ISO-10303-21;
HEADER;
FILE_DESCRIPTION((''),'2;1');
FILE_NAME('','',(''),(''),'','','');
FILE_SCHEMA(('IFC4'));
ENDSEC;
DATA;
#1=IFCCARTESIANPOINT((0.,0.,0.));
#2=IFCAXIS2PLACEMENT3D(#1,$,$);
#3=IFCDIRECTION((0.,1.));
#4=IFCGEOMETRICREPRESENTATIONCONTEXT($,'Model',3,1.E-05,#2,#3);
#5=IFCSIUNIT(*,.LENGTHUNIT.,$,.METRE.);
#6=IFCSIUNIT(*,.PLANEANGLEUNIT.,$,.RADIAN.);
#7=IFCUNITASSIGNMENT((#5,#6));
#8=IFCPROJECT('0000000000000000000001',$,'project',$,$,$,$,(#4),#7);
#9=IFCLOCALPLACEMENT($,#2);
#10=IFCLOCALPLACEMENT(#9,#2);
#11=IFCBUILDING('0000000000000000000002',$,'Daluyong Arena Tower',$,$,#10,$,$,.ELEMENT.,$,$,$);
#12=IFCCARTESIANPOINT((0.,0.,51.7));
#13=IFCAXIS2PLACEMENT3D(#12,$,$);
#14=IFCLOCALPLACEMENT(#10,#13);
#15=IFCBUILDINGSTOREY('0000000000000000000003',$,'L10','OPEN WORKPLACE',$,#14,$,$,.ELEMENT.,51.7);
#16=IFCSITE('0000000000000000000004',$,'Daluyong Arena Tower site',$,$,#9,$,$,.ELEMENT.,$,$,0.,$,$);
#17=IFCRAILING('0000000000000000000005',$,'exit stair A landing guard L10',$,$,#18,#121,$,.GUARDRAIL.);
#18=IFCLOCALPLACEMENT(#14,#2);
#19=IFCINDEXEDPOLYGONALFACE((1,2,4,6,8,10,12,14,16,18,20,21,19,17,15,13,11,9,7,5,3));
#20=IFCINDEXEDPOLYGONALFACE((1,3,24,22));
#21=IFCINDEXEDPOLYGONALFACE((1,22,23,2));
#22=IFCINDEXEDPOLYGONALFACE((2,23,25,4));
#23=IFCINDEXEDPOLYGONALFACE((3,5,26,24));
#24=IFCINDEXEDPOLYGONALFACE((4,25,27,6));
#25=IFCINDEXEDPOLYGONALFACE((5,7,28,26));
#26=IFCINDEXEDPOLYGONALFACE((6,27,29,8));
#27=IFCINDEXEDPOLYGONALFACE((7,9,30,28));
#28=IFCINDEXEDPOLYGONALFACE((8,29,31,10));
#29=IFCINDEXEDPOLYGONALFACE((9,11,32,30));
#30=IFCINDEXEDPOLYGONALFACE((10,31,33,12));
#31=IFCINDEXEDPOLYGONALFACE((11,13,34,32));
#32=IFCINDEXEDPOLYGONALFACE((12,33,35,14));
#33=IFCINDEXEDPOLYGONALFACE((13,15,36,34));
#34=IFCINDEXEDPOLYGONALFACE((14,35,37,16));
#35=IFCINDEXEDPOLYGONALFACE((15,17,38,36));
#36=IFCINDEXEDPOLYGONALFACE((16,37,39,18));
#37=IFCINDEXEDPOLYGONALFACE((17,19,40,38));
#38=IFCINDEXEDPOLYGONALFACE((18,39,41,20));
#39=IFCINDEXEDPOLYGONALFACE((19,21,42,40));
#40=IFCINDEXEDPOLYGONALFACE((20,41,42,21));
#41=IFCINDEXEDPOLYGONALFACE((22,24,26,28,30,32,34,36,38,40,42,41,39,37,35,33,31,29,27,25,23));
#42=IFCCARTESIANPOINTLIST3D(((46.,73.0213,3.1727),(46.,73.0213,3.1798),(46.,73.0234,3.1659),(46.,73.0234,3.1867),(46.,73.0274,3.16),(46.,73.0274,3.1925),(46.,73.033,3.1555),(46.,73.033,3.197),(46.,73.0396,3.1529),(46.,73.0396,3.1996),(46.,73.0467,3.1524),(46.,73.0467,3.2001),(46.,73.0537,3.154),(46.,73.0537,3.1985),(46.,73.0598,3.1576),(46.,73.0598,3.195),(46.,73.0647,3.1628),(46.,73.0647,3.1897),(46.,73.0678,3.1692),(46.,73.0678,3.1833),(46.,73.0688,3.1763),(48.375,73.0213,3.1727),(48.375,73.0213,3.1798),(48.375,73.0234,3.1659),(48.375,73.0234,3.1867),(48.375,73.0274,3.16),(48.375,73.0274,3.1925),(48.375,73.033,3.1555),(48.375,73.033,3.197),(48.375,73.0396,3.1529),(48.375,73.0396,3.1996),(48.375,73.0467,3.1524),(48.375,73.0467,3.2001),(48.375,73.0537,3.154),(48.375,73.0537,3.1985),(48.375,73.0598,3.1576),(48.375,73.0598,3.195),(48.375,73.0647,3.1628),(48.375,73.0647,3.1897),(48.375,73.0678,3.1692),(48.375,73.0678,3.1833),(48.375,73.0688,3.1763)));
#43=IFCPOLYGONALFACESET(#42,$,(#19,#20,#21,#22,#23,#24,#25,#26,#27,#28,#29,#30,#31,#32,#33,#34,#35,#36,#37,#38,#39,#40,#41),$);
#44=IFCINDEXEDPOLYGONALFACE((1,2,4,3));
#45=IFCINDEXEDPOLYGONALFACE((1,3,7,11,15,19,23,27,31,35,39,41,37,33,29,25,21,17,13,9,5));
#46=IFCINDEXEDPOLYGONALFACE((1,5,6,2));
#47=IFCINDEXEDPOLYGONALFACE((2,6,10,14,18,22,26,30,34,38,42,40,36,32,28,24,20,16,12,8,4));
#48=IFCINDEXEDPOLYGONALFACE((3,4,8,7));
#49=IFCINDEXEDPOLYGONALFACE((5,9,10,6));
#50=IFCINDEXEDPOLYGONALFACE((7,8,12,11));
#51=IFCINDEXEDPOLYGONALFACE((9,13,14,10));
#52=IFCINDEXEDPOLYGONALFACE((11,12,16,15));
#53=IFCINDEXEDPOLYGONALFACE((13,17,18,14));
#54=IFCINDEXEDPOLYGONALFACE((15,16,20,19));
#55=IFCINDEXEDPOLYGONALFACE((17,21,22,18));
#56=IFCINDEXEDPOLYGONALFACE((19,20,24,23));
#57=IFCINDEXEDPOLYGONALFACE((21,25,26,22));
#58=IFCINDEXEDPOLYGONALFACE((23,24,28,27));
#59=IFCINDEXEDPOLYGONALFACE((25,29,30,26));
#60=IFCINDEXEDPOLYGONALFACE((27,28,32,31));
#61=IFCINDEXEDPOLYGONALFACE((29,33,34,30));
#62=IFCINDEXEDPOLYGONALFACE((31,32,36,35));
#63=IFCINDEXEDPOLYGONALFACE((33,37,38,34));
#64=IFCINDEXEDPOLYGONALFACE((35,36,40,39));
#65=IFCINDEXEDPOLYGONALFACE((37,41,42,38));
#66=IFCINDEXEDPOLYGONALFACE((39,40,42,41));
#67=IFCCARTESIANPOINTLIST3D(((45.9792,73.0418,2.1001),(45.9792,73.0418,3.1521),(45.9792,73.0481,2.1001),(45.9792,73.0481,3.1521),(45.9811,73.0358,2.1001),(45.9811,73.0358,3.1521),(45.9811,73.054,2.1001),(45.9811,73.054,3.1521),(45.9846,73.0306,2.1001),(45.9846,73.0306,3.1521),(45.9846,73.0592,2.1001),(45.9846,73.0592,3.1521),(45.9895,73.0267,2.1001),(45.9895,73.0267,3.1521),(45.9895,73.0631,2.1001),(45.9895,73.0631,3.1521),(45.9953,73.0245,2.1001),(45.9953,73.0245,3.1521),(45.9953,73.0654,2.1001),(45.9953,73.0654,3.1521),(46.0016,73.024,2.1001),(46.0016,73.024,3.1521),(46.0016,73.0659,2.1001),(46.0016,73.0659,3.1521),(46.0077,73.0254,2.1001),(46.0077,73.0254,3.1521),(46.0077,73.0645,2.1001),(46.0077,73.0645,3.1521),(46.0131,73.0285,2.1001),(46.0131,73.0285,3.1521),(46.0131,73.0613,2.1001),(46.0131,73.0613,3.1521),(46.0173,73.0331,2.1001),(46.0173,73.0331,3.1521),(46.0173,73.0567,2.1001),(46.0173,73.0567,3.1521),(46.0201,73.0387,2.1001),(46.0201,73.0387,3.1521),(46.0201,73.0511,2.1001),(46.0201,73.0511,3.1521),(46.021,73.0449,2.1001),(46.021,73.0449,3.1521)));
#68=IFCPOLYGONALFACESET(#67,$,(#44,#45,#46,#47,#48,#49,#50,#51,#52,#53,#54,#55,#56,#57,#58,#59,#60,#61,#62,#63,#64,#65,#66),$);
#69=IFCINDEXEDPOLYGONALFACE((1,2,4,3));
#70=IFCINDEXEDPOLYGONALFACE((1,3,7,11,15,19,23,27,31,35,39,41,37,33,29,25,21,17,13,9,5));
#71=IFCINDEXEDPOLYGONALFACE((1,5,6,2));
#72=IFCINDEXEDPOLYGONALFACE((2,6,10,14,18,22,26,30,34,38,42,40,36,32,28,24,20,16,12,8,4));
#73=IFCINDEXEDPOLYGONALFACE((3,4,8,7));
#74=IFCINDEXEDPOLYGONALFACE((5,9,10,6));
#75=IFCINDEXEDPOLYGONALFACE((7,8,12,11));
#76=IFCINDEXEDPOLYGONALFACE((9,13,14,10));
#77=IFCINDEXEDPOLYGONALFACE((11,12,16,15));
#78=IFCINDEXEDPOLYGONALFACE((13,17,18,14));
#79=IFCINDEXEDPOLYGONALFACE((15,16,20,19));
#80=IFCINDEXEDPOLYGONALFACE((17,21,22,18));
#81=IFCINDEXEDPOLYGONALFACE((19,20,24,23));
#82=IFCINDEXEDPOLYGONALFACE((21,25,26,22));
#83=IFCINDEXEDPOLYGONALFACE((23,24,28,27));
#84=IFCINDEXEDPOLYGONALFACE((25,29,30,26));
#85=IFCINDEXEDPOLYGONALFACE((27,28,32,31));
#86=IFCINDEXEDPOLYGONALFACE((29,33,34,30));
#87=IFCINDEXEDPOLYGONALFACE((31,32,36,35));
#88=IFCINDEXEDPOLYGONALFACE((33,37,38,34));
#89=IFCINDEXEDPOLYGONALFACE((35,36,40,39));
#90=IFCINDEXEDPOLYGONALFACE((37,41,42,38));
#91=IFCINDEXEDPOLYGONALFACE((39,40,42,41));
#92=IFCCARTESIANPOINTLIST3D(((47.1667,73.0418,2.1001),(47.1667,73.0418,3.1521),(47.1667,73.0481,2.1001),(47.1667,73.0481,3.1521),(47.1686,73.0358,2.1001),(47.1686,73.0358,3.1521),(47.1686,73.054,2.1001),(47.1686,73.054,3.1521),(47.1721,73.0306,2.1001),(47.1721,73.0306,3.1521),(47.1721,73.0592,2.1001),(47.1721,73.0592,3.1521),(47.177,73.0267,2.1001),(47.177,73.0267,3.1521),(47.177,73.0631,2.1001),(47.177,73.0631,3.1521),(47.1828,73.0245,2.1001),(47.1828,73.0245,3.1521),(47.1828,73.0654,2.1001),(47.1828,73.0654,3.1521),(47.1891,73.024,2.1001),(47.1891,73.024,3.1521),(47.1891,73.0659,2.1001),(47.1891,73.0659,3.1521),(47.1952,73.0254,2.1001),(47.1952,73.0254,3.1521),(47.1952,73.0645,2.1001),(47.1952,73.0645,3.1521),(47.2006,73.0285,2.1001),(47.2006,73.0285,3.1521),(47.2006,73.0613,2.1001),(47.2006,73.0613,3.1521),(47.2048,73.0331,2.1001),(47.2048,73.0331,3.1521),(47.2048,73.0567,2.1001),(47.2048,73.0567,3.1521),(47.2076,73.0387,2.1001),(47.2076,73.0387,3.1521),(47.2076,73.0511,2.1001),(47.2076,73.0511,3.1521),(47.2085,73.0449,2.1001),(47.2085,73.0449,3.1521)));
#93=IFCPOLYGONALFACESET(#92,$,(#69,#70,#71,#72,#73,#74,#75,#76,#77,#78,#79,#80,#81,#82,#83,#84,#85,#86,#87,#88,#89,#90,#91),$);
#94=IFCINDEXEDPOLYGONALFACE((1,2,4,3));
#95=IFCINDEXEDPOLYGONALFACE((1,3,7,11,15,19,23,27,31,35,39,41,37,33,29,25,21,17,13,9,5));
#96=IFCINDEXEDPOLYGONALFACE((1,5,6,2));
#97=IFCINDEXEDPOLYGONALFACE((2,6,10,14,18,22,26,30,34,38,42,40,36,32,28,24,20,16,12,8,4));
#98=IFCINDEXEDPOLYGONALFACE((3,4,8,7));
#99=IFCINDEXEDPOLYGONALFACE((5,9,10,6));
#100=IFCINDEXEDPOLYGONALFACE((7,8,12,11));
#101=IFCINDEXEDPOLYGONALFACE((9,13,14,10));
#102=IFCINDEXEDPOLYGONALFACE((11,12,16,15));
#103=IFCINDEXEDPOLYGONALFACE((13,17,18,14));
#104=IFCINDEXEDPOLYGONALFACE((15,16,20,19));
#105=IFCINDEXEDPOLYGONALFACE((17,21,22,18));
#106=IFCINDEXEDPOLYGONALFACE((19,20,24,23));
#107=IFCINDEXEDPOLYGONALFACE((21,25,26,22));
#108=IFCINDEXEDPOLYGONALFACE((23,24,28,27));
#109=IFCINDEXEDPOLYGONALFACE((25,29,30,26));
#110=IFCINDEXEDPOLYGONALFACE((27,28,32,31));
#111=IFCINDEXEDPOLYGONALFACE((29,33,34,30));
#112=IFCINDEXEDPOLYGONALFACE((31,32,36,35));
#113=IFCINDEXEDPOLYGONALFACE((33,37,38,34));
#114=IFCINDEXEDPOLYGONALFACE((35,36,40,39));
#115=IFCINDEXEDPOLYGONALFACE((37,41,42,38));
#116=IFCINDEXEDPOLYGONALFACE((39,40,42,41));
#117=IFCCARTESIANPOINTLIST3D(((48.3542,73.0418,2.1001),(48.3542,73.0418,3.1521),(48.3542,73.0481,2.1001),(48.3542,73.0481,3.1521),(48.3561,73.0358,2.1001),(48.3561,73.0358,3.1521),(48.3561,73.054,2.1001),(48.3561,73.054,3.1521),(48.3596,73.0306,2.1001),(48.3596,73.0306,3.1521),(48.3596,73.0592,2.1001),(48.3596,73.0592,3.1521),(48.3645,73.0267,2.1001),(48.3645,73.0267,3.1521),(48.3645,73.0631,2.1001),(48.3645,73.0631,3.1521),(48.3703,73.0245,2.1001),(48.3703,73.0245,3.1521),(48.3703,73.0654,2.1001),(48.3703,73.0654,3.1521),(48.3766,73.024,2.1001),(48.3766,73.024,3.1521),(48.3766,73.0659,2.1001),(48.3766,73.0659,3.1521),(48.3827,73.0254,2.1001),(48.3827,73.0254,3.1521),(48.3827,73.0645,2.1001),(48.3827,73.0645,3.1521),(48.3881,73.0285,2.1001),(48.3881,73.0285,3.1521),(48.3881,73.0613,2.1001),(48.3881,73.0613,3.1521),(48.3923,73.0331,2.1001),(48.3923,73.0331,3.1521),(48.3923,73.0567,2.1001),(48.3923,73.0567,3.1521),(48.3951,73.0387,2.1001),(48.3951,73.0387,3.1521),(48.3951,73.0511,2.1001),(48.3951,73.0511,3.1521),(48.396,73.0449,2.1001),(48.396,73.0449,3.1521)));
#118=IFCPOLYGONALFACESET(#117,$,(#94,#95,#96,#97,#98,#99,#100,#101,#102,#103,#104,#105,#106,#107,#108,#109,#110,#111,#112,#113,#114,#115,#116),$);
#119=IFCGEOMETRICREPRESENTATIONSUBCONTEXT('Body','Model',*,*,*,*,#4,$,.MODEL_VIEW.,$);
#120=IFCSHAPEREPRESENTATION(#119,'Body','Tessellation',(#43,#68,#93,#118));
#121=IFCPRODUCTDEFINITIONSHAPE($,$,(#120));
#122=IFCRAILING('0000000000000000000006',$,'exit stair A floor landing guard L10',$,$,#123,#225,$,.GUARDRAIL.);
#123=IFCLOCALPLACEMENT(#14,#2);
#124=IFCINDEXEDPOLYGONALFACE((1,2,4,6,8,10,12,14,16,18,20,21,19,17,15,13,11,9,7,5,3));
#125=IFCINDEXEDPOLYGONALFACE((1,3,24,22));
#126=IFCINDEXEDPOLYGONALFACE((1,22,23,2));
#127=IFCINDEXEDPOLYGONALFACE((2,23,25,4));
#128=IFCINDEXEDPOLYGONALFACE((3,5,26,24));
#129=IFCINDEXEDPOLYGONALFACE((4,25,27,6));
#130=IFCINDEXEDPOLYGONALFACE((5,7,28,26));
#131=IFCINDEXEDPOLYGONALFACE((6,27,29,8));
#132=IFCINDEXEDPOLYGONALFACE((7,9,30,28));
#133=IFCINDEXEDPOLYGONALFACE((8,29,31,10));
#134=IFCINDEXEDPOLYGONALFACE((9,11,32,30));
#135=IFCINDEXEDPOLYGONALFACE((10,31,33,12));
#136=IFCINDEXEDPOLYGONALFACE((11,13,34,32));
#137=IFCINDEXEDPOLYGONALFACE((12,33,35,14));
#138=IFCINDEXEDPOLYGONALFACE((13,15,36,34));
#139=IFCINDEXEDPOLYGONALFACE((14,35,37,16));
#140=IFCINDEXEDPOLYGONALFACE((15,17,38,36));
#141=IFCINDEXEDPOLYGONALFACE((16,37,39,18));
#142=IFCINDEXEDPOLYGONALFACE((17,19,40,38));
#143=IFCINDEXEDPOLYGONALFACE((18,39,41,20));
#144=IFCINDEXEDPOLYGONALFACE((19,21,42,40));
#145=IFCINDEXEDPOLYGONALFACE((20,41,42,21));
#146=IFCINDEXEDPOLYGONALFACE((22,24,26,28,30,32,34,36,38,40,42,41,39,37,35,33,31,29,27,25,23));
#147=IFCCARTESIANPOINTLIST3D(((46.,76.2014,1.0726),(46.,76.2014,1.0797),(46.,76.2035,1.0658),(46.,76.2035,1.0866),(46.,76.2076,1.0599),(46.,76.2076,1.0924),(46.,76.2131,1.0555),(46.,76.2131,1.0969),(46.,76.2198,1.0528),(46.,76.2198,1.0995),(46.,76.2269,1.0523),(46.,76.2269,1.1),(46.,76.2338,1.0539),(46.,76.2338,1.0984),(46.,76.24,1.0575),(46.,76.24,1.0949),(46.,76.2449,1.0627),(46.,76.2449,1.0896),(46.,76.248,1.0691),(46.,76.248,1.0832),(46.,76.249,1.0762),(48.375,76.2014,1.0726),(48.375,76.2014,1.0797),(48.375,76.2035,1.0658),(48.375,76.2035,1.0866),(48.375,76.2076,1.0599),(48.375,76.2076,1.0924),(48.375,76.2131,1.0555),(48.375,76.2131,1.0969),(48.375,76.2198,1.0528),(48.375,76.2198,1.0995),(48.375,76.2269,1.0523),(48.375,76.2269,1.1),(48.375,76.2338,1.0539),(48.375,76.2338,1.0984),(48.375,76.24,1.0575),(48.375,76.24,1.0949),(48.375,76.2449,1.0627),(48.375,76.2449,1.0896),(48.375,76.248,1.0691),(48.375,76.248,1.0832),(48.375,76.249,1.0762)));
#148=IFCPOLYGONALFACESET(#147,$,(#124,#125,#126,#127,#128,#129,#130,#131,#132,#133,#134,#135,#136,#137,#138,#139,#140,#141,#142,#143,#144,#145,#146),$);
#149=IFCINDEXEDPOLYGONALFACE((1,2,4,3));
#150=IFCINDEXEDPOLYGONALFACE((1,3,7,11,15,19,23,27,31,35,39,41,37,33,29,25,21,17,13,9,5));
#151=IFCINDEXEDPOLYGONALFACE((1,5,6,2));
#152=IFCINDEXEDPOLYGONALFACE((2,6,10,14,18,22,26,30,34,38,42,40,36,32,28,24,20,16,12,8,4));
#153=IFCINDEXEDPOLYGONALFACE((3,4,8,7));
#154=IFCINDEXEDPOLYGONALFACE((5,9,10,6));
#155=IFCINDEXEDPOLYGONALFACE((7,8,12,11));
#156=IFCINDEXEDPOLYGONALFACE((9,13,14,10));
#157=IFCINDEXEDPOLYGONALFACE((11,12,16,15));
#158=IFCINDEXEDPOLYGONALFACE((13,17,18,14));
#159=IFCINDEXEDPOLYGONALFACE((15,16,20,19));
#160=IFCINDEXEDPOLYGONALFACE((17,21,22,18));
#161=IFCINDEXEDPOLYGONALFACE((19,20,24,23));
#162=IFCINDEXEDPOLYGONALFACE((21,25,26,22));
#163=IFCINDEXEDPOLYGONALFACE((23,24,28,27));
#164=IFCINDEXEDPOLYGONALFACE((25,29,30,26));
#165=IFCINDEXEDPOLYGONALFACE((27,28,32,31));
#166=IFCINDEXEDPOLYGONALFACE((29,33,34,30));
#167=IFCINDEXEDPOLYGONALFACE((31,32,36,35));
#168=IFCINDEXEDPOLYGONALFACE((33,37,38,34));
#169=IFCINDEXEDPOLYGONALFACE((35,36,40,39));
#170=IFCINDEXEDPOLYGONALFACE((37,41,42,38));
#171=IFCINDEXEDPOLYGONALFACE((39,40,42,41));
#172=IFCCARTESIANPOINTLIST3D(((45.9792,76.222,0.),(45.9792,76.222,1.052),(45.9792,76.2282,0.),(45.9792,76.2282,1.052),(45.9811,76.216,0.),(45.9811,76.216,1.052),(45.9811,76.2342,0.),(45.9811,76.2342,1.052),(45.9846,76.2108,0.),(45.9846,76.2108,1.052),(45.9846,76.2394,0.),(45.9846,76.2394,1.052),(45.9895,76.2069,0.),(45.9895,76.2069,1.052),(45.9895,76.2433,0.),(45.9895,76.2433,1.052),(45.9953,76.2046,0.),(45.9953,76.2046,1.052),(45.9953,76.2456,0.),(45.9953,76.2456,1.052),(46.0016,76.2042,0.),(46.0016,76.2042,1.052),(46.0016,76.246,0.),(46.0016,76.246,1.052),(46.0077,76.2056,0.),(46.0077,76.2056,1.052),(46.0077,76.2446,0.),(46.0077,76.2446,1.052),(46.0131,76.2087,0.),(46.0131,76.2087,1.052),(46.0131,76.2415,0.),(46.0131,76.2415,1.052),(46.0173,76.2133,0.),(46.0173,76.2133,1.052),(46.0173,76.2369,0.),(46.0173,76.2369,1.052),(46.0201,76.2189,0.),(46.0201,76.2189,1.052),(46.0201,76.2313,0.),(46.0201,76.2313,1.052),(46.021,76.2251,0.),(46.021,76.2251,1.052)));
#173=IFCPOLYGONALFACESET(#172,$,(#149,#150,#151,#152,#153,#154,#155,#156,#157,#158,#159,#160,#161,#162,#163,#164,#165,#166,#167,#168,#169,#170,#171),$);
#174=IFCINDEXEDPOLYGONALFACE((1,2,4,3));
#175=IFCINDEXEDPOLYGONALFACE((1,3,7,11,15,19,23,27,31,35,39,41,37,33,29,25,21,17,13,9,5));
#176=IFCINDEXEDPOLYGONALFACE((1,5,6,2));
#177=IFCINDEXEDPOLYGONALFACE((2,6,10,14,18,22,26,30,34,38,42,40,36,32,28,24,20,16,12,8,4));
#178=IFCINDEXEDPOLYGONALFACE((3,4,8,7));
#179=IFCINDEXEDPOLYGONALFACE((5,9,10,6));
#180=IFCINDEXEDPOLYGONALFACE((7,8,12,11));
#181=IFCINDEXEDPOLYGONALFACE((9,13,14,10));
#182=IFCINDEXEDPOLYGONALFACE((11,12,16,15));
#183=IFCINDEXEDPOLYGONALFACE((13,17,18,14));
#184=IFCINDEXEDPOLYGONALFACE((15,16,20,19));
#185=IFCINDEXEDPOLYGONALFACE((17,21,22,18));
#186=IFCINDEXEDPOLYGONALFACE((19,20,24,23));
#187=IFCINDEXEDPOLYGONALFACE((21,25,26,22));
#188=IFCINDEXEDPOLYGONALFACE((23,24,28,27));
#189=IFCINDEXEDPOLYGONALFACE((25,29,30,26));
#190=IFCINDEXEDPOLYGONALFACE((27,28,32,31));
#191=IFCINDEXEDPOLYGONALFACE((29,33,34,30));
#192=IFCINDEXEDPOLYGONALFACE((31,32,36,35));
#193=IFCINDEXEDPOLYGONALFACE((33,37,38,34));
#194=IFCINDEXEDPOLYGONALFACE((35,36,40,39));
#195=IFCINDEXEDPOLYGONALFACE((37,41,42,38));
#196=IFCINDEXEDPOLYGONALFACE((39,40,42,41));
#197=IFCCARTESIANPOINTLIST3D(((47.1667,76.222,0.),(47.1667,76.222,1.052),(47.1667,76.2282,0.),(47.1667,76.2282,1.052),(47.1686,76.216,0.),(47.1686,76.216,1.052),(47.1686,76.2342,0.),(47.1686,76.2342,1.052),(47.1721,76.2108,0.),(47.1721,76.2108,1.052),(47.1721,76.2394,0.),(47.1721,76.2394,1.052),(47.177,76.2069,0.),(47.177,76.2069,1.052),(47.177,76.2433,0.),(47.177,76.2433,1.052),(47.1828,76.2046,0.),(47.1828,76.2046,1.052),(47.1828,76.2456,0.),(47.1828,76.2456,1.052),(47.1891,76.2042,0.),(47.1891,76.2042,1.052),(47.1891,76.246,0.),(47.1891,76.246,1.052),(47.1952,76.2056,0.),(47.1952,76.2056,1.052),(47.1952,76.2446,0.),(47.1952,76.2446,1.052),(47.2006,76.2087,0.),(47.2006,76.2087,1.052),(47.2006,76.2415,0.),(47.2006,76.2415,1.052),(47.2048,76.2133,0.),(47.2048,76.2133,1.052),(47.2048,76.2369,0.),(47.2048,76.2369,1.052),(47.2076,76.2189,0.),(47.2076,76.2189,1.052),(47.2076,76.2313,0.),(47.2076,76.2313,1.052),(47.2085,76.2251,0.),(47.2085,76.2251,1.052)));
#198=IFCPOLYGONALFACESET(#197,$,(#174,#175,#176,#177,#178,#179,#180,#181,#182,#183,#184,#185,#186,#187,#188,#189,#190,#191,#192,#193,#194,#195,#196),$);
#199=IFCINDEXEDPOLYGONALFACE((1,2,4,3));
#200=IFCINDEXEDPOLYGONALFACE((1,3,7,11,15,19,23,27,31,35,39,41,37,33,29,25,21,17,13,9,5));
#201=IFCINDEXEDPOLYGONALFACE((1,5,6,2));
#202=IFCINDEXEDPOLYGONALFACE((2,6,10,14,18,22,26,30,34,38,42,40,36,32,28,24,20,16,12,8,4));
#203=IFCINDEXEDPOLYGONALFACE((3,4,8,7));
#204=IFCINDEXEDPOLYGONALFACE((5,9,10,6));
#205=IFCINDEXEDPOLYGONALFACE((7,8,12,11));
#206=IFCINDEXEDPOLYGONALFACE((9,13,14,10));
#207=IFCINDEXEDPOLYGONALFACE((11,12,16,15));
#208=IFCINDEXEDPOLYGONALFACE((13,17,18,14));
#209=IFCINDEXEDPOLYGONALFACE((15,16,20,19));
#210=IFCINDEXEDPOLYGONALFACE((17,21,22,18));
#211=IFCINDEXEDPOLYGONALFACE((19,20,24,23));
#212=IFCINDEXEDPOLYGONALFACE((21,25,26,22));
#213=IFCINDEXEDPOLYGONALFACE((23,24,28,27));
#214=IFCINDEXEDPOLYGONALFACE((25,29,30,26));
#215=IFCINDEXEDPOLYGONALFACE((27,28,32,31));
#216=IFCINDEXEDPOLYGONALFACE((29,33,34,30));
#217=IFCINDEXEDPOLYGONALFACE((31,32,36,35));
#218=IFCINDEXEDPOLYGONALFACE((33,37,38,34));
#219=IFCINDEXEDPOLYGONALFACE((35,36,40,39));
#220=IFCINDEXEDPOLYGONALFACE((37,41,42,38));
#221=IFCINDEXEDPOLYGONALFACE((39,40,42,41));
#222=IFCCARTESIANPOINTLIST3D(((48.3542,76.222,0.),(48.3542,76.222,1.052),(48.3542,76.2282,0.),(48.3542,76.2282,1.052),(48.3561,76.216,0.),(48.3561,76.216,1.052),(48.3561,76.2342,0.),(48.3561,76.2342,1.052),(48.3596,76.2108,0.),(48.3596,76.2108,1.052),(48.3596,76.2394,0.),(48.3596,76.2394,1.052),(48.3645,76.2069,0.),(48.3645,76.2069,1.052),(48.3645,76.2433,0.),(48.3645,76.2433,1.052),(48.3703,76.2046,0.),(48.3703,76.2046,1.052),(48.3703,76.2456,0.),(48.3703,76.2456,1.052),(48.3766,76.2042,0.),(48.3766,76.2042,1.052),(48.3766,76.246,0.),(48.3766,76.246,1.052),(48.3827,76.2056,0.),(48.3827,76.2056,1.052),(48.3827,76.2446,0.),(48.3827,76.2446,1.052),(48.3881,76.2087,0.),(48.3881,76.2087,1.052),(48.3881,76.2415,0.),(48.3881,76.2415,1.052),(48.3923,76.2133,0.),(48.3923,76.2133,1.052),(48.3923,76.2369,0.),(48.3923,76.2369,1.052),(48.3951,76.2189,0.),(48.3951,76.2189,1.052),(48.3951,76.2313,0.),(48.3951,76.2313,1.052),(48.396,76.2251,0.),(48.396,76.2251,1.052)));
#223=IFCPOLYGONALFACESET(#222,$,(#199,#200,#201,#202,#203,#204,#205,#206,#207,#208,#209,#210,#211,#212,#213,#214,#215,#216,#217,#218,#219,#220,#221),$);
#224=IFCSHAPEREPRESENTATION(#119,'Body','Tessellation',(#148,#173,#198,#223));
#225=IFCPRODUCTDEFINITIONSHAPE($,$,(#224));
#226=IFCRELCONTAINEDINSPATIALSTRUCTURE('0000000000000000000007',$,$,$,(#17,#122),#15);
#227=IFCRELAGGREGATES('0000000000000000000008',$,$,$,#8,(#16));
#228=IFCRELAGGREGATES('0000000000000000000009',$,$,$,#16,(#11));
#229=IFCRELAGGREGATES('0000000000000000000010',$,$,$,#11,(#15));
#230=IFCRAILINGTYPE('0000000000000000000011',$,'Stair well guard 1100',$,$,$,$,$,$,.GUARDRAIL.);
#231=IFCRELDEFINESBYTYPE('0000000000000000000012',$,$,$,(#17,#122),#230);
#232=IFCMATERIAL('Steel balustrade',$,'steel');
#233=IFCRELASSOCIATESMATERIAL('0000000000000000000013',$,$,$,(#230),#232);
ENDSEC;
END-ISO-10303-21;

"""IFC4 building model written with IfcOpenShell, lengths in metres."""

from ifc_helpers import new_model, si_unit, direction, frame, origin, origin_2d, place, context, subcontext, project, spatial, circle, extrude, material, type_object, element, save


model = new_model("IFC4")

# Units and contexts
model_context = context("Model", 3, precision=1e-05, world=origin(), true_north=direction((0.0, 1.0)))
body_context = subcontext(model_context, "Body", "Model", "MODEL_VIEW")
ifc_project = project(units=[si_unit("LENGTHUNIT", "METRE"), si_unit("PLANEANGLEUNIT", "RADIAN")], contexts=[model_context])

# Site, building, storey
site_placement = place(None, origin())
site = spatial("IfcSite", under=ifc_project, at=site_placement, Name="Daluyong Arena Tower site", CompositionType="ELEMENT", RefElevation=0.0)
building_placement = place(site_placement, origin())
building = spatial("IfcBuilding", under=site, at=building_placement, Name="Daluyong Arena Tower", CompositionType="ELEMENT")
storey_placement = place(building_placement, frame((0.0, 0.0, 51.7)))
storey = spatial("IfcBuildingStorey", under=building, at=storey_placement, Name="L10", Description="OPEN WORKPLACE", CompositionType="ELEMENT", Elevation=51.7)

# Railings
ifc_material_1 = material(Name="Steel balustrade", Category="steel")
railing_type_1 = type_object("IfcRailingType", Name="Stair well guard 1100", PredefinedType="GUARDRAIL", material=ifc_material_1)
for number, where, name in (
    (1, (46.0, 73.0449, 2.1001), "exit stair A landing guard L10"),
    (2, (46.0, 76.2251, 0.0), "exit stair A floor landing guard L10"),
):
    element("IfcRailing", number, at=place(storey_placement, frame(where)), inside=storey, type_object=railing_type_1, Name=name, PredefinedType="GUARDRAIL", context=body_context, shape_type="SweptSolid", body=[
        extrude(circle(Radius=0.0239, at=origin_2d()), frame((0.0, 0.0, 1.0762), z_axis=(1.0, 0.0, 0.0), x_axis=(0.0, 1.0, 0.0)), (0.0, 0.0, 1.0), 2.375),
        extrude(circle(Radius=0.021, at=origin_2d()), origin(), (0.0, 0.0, 1.0), 1.052),
        extrude(circle(Radius=0.021, at=origin_2d()), frame((1.1875, 0.0, 0.0)), (0.0, 0.0, 1.0), 1.052),
        extrude(circle(Radius=0.021, at=origin_2d()), frame((2.375, 0.0, 0.0)), (0.0, 0.0, 1.0), 1.052),
    ])

save(model, "model.ifc")
